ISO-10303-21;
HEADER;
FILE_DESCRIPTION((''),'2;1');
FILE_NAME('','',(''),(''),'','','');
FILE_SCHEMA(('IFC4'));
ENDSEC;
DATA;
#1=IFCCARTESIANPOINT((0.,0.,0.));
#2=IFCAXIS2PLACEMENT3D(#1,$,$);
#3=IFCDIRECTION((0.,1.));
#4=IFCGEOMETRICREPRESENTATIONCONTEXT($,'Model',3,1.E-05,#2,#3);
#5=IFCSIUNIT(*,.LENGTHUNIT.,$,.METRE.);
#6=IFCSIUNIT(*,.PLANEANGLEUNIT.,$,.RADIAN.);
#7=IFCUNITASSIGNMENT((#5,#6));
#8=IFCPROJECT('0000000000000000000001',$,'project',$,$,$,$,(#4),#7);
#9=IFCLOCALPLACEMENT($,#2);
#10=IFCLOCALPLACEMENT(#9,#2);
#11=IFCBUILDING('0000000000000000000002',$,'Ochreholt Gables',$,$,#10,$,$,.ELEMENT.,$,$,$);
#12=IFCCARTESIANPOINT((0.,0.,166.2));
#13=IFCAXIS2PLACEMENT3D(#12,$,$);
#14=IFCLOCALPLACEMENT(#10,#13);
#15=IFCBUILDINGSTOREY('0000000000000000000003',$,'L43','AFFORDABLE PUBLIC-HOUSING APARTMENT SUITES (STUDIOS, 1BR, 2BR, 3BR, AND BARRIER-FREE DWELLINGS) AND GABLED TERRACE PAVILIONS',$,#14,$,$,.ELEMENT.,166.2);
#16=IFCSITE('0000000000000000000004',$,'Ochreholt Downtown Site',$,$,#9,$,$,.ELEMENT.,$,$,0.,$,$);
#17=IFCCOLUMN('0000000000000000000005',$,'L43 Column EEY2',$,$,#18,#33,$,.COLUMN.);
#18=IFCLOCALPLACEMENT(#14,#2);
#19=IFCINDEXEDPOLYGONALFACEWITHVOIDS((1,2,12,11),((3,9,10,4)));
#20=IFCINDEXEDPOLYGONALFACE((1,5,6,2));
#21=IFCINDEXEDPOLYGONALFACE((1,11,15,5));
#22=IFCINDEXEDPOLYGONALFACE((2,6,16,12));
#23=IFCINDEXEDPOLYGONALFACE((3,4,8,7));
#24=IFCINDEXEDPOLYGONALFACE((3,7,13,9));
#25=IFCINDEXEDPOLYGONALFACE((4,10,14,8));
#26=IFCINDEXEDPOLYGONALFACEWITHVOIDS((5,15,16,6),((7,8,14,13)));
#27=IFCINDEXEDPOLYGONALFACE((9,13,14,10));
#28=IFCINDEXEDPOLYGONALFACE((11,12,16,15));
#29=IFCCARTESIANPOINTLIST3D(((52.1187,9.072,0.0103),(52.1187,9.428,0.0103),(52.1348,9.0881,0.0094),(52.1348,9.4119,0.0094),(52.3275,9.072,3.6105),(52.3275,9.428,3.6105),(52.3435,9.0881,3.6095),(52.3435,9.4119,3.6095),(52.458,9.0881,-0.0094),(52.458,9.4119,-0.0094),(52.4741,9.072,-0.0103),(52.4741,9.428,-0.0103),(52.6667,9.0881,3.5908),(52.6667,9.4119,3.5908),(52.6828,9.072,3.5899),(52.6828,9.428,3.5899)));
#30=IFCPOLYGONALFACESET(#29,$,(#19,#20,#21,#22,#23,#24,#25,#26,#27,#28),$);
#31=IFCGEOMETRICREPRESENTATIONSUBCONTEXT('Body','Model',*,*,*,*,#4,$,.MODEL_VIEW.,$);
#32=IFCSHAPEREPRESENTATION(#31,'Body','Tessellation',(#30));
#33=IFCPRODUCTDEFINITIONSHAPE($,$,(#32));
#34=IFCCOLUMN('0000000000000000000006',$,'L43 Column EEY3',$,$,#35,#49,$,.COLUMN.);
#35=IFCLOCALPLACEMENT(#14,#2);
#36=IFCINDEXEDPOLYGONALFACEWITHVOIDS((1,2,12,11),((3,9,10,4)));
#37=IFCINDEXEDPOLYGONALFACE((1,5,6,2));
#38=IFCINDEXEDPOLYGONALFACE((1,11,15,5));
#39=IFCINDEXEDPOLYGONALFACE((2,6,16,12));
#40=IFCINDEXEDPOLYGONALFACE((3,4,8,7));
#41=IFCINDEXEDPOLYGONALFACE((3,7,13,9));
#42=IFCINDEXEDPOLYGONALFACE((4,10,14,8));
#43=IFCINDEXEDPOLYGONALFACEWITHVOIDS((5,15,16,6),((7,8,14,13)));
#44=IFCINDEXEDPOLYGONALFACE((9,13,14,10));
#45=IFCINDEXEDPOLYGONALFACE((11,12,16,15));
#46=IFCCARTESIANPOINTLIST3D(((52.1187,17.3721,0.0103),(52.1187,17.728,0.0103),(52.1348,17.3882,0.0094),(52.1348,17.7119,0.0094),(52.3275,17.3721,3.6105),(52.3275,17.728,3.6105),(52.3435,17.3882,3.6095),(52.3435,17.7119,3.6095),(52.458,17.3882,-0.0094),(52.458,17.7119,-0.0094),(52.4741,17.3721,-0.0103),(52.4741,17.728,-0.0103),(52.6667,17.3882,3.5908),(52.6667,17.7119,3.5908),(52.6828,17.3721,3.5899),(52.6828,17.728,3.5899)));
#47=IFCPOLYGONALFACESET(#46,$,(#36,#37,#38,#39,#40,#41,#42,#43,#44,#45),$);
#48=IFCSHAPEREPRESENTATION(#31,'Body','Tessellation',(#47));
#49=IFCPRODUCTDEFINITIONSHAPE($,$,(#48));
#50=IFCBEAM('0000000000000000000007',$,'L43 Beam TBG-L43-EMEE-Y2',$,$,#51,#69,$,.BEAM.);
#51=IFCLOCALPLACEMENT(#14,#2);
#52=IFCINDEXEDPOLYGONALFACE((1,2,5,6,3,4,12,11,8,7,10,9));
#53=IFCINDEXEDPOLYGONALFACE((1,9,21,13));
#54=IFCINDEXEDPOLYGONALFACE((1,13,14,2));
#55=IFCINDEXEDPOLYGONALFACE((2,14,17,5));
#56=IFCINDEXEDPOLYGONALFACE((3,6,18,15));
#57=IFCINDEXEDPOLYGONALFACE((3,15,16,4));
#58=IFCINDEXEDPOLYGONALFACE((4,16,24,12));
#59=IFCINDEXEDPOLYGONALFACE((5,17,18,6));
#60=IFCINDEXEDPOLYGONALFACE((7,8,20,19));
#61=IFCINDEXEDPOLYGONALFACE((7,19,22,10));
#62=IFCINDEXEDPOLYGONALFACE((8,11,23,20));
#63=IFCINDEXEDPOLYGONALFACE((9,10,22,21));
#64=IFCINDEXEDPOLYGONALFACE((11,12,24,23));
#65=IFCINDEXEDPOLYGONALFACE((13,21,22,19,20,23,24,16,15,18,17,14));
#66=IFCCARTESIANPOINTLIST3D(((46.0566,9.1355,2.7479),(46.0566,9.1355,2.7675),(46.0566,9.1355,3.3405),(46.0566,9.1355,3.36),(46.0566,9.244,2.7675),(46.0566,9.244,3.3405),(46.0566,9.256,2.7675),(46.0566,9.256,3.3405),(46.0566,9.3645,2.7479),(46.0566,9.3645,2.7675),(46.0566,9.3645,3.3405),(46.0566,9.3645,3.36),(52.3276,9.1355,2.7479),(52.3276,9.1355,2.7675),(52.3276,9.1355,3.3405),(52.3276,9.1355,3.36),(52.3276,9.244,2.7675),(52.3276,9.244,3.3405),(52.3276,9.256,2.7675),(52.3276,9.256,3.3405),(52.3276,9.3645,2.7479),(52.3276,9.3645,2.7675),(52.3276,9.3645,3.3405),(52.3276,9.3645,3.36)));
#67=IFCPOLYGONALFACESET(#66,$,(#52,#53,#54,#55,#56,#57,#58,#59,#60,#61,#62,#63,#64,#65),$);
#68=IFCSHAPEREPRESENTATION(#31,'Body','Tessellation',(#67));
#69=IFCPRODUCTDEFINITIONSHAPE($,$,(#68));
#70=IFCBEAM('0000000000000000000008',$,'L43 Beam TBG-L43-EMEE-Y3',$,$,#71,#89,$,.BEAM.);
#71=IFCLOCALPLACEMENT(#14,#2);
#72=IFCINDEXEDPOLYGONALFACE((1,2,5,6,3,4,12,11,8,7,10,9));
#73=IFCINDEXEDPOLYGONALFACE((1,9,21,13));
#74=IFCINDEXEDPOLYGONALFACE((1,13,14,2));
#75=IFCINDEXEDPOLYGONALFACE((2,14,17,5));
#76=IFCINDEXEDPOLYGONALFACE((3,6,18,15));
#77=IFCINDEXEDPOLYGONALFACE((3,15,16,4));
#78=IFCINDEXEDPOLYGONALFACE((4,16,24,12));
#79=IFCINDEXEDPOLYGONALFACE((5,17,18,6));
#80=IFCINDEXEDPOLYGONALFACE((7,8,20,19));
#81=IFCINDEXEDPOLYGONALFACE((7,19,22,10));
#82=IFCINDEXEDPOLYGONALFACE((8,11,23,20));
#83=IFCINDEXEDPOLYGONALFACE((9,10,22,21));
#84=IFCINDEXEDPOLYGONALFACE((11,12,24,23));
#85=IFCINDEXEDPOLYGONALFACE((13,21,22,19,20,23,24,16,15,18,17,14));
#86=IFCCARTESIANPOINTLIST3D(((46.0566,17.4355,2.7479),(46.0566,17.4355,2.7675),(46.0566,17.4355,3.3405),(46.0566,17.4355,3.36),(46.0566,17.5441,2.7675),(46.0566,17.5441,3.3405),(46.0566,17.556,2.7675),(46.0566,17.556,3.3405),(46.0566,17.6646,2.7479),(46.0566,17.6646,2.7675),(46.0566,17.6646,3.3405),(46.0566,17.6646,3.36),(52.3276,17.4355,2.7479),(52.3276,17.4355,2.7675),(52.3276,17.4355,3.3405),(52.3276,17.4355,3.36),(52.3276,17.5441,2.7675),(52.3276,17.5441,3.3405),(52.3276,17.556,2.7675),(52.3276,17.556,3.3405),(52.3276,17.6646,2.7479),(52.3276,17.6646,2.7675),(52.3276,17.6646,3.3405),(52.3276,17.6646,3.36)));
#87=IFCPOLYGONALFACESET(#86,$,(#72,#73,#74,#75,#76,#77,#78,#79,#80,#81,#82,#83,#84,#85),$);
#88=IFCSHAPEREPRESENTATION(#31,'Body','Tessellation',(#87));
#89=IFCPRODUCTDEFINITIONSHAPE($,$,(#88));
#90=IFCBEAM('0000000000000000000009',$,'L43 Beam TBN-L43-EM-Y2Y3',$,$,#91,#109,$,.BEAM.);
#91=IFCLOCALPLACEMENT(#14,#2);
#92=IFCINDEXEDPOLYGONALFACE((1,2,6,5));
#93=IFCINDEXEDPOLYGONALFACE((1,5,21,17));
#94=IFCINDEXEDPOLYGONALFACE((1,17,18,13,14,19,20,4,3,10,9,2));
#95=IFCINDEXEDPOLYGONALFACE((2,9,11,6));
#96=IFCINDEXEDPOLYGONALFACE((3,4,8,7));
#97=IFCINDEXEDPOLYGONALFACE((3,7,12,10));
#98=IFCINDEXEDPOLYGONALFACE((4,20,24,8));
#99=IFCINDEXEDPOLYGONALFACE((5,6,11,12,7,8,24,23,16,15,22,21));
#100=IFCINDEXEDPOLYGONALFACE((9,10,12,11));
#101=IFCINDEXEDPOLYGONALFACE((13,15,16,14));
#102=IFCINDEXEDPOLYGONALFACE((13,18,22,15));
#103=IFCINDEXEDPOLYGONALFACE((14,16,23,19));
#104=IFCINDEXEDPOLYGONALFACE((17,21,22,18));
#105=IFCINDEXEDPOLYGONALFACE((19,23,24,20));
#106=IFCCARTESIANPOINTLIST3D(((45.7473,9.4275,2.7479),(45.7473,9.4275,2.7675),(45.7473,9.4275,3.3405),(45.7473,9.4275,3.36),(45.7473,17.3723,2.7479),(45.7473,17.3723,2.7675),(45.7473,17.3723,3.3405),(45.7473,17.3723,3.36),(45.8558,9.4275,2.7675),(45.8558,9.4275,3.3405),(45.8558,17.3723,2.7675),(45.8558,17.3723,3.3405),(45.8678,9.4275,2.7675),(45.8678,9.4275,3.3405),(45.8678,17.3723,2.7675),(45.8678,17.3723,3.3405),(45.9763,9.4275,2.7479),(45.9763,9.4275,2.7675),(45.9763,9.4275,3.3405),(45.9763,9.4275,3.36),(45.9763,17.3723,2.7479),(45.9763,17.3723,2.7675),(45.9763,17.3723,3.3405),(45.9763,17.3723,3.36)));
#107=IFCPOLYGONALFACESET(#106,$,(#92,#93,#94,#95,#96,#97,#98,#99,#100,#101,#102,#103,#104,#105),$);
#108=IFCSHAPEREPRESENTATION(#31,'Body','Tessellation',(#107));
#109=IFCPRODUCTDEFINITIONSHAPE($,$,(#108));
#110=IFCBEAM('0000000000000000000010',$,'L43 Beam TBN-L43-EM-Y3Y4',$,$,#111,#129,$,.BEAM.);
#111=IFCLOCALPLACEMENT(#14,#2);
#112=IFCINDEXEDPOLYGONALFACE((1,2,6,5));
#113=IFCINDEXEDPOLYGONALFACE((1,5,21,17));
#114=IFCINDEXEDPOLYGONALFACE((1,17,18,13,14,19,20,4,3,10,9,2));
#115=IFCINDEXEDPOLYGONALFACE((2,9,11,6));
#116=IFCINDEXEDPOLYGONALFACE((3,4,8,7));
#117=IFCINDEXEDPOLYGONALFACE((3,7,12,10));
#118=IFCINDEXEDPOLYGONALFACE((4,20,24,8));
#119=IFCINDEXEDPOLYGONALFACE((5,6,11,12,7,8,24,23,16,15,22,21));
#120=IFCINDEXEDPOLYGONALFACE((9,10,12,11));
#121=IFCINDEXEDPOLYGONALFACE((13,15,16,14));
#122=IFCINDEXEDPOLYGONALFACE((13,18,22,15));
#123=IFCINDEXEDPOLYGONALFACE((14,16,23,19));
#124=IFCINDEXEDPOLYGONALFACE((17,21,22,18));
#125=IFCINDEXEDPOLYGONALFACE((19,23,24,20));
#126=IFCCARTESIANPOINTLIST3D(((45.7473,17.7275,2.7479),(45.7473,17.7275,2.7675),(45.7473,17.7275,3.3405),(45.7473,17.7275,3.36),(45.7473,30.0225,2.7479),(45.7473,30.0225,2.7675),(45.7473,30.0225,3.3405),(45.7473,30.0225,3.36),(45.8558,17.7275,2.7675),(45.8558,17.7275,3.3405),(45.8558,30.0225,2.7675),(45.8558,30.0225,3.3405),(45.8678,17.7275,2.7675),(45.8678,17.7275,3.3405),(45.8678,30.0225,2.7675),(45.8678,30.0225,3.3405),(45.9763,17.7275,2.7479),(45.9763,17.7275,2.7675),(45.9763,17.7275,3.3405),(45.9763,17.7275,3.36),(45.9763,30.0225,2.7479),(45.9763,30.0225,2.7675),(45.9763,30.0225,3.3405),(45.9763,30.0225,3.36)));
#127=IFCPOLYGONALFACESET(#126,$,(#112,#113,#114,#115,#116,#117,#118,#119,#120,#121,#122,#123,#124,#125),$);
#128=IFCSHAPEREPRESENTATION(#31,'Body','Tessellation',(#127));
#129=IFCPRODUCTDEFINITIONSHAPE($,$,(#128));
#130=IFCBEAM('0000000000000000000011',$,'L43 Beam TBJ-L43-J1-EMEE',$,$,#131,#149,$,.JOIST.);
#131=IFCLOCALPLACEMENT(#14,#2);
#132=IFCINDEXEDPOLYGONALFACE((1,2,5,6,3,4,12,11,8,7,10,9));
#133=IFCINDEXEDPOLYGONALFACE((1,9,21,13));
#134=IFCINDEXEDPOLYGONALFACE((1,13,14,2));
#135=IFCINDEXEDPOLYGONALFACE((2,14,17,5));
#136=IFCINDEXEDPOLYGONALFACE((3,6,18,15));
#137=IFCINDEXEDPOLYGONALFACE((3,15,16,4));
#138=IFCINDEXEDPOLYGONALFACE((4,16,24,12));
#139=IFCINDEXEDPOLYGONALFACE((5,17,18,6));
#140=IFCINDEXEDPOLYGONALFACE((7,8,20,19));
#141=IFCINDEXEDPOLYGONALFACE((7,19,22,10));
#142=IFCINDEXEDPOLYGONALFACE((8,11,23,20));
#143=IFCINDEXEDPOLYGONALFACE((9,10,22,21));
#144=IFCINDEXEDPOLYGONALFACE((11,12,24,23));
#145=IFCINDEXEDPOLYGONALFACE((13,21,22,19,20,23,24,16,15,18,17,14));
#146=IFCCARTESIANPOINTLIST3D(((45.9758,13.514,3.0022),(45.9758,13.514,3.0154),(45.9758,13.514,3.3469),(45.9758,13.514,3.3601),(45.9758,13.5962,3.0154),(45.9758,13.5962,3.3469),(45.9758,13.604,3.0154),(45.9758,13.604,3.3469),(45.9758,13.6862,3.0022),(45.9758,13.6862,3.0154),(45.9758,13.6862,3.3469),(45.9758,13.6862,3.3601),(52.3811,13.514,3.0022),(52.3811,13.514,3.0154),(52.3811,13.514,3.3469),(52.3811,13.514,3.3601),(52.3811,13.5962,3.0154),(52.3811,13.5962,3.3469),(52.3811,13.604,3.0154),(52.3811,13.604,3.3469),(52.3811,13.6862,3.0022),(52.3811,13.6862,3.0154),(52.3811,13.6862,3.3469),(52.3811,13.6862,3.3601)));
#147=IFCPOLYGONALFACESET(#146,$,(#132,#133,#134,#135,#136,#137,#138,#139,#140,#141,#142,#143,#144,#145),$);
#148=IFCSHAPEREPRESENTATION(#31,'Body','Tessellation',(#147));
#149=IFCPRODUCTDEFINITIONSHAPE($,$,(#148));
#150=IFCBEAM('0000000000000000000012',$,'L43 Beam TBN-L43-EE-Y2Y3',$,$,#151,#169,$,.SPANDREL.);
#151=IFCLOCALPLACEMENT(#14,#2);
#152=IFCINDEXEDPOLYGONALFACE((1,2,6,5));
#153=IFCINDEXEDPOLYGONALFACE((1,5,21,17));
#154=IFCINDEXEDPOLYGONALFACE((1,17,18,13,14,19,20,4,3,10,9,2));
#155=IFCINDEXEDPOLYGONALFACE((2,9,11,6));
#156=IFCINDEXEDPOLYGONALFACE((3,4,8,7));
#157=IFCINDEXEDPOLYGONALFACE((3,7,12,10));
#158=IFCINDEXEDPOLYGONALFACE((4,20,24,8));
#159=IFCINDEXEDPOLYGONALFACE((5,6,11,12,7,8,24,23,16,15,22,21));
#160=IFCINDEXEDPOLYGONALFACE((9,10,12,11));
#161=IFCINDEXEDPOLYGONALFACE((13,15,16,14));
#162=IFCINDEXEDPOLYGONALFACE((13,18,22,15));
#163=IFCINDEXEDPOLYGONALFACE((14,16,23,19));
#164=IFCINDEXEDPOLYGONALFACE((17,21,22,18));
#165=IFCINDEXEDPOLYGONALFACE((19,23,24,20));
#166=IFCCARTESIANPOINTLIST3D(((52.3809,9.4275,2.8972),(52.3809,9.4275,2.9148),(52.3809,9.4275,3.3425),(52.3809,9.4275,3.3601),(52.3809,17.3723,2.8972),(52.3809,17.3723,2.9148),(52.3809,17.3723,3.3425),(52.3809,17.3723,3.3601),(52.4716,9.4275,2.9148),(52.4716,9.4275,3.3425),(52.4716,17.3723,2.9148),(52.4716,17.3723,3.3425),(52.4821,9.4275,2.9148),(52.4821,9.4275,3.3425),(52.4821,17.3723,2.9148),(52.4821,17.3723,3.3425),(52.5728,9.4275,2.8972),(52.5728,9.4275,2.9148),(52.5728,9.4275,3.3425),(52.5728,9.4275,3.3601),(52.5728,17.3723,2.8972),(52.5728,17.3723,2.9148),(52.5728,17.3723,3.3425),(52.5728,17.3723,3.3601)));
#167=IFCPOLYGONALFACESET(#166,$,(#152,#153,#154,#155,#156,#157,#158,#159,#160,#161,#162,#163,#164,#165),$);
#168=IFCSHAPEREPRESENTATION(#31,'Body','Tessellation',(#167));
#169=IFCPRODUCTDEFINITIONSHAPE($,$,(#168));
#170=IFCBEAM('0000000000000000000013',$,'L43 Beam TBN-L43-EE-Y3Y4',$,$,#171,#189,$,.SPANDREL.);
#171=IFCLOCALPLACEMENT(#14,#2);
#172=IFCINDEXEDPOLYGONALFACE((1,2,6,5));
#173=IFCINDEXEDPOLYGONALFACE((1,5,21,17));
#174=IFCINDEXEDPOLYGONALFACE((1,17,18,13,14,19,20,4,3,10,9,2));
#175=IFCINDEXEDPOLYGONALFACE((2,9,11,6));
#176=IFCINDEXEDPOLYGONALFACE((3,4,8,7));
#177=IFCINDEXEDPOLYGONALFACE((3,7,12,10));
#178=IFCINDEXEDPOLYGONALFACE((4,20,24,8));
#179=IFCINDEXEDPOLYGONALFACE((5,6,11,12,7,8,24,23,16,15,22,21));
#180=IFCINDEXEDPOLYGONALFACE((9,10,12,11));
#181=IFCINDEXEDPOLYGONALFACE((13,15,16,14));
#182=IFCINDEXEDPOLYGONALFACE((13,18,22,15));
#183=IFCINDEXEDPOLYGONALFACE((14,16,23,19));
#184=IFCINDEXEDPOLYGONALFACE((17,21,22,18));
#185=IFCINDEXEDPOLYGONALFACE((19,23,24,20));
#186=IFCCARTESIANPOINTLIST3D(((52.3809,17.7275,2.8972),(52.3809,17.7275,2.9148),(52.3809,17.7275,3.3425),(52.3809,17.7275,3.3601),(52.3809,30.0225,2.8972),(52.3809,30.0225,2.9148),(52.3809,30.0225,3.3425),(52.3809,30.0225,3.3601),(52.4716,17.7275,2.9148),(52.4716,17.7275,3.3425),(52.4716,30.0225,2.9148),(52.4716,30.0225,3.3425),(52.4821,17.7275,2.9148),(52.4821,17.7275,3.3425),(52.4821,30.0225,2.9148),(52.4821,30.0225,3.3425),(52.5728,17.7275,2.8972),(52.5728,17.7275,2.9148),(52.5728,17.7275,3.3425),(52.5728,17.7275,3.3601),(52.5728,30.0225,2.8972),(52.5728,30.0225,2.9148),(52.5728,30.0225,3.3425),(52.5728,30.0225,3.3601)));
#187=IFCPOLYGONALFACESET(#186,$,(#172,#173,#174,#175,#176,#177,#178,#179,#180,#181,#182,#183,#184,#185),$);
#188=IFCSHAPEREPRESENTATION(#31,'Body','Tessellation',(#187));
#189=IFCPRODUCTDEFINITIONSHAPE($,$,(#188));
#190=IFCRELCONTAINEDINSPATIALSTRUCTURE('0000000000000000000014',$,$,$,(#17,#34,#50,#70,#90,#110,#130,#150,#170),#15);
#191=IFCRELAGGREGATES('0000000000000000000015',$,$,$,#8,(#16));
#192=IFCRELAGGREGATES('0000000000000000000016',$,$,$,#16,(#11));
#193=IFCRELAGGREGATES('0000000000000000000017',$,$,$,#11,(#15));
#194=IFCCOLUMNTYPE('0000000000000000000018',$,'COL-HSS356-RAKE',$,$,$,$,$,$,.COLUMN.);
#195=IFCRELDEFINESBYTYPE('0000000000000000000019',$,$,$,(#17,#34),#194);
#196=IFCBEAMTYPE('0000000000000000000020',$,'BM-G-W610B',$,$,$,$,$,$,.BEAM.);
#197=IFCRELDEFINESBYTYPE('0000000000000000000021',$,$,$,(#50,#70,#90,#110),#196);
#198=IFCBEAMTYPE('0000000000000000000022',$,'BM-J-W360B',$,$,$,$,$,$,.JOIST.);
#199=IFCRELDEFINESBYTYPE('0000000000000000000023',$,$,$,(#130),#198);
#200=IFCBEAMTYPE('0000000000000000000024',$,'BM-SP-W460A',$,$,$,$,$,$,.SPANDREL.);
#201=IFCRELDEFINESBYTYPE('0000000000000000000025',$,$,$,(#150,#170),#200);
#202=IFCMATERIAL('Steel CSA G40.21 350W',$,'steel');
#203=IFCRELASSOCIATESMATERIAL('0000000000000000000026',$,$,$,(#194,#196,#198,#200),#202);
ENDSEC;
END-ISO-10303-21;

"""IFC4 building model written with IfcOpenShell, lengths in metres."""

from ifc_helpers import new_model, si_unit, direction, frame, origin, origin_2d, place, context, subcontext, project, spatial, hollow_rectangle, i_section, extrude, material, material_profile, profile_set, type_object, element, save


model = new_model("IFC4")

# Units and contexts
model_context = context("Model", 3, precision=1e-05, world=origin(), true_north=direction((0.0, 1.0)))
body_context = subcontext(model_context, "Body", "Model", "MODEL_VIEW")
ifc_project = project(units=[si_unit("LENGTHUNIT", "METRE"), si_unit("PLANEANGLEUNIT", "RADIAN")], contexts=[model_context])

# Site, building, storey
site_placement = place(None, origin())
site = spatial("IfcSite", under=ifc_project, at=site_placement, Name="Ochreholt Downtown Site", CompositionType="ELEMENT", RefElevation=0.0)
building_placement = place(site_placement, origin())
building = spatial("IfcBuilding", under=site, at=building_placement, Name="Ochreholt Gables", CompositionType="ELEMENT")
storey_placement = place(building_placement, frame((0.0, 0.0, 166.2)))
storey = spatial("IfcBuildingStorey", under=building, at=storey_placement, Name="L43", Description="AFFORDABLE PUBLIC-HOUSING APARTMENT SUITES (STUDIOS, 1BR, 2BR, 3BR, AND BARRIER-FREE DWELLINGS) AND GABLED TERRACE PAVILIONS", CompositionType="ELEMENT", Elevation=166.2)

# Columns
ifc_material_1 = material(Name="Steel CSA G40.21 350W", Category="steel")
ifc_material_profile_1 = material_profile(ifc_material_1, hollow_rectangle(XDim=0.356, YDim=0.356, WallThickness=0.0161, at=origin_2d()), Name="HSS356X356X16")
ifc_profile_set_1 = profile_set([ifc_material_profile_1], Name="Steel CSA G40.21 350W")
column_type = type_object("IfcColumnType", Name="COL-HSS356-RAKE", PredefinedType="COLUMN", material=ifc_profile_set_1)
for number, where, z_axis, x_axis, name in (
    (1, (52.2964, 9.25, 0.0), (0.057885, 0.0, 0.998323), (0.0, 1.0, 0.0), "L43 Column EEY2"),
    (2, (52.2964, 17.55, 0.0), (0.057885, 0.0, 0.998323), (0.0, 1.0, 0.0), "L43 Column EEY3"),
):
    element("IfcColumn", number, at=place(storey_placement, frame(where, z_axis=z_axis, x_axis=x_axis)), inside=storey, type_object=column_type, Name=name, PredefinedType="COLUMN", context=body_context, shape_type="SweptSolid", body=[
        extrude(hollow_rectangle(XDim=0.356, YDim=0.356, WallThickness=0.0161, at=origin_2d()), origin(), (0.0, 0.0, 1.0), 3.6062),
    ])

# Beams
ifc_material_profile_2 = material_profile(ifc_material_1, i_section(OverallWidth=0.229, OverallDepth=0.6121, WebThickness=0.012, FlangeThickness=0.0195, at=origin_2d()), Name="W610X125")
ifc_profile_set_2 = profile_set([ifc_material_profile_2], Name="Steel CSA G40.21 350W")
beam_type_1 = type_object("IfcBeamType", Name="BM-G-W610B", PredefinedType="BEAM", material=ifc_profile_set_2)
for number, where, z_axis, x_axis, name in (
    (3, (46.0566, 9.25, 3.054), (1.0, 0.0, 0.0), (0.0, 1.0, 0.0), "L43 Beam TBG-L43-EMEE-Y2"),
    (4, (46.0566, 17.55, 3.054), (1.0, 0.0, 0.0), (0.0, 1.0, 0.0), "L43 Beam TBG-L43-EMEE-Y3"),
):
    element("IfcBeam", number, at=place(storey_placement, frame(where, z_axis=z_axis, x_axis=x_axis)), inside=storey, type_object=beam_type_1, Name=name, PredefinedType="BEAM", context=body_context, shape_type="SweptSolid", body=[
        extrude(i_section(OverallWidth=0.229, OverallDepth=0.6121, WebThickness=0.012, FlangeThickness=0.0195, at=origin_2d()), origin(), (0.0, 0.0, 1.0), 6.271),
    ])
beam_1_placement = place(storey_placement, frame((45.8618, 9.4275, 3.054), z_axis=(0.0, 1.0, 0.0), x_axis=(-1.0, 0.0, 0.0)))
element("IfcBeam", 5, at=beam_1_placement, inside=storey, type_object=beam_type_1, Name="L43 Beam TBN-L43-EM-Y2Y3", PredefinedType="BEAM", context=body_context, shape_type="SweptSolid", body=[
    extrude(i_section(OverallWidth=0.229, OverallDepth=0.6121, WebThickness=0.012, FlangeThickness=0.0195, at=origin_2d()), origin(), (0.0, 0.0, 1.0), 7.9448),
])
beam_2_placement = place(storey_placement, frame((45.8618, 17.7275, 3.054), z_axis=(0.0, 1.0, 0.0), x_axis=(-1.0, 0.0, 0.0)))
element("IfcBeam", 6, at=beam_2_placement, inside=storey, type_object=beam_type_1, Name="L43 Beam TBN-L43-EM-Y3Y4", PredefinedType="BEAM", context=body_context, shape_type="SweptSolid", body=[
    extrude(i_section(OverallWidth=0.229, OverallDepth=0.6121, WebThickness=0.012, FlangeThickness=0.0195, at=origin_2d()), origin(), (0.0, 0.0, 1.0), 12.2949),
])
ifc_material_profile_3 = material_profile(ifc_material_1, i_section(OverallWidth=0.1721, OverallDepth=0.3579, WebThickness=0.0078, FlangeThickness=0.0132, at=origin_2d()), Name="W360X57")
ifc_profile_set_3 = profile_set([ifc_material_profile_3], Name="Steel CSA G40.21 350W")
beam_type_2 = type_object("IfcBeamType", Name="BM-J-W360B", PredefinedType="JOIST", material=ifc_profile_set_3)
beam_3_placement = place(storey_placement, frame((45.9758, 13.6001, 3.1812), z_axis=(1.0, 0.0, 0.0), x_axis=(0.0, 1.0, 0.0)))
element("IfcBeam", 7, at=beam_3_placement, inside=storey, type_object=beam_type_2, Name="L43 Beam TBJ-L43-J1-EMEE", PredefinedType="JOIST", context=body_context, shape_type="SweptSolid", body=[
    extrude(i_section(OverallWidth=0.1721, OverallDepth=0.3579, WebThickness=0.0078, FlangeThickness=0.0132, at=origin_2d()), origin(), (0.0, 0.0, 1.0), 6.4053),
])
ifc_material_profile_4 = material_profile(ifc_material_1, i_section(OverallWidth=0.1919, OverallDepth=0.4629, WebThickness=0.0105, FlangeThickness=0.0176, at=origin_2d()), Name="W460X89")
ifc_profile_set_4 = profile_set([ifc_material_profile_4], Name="Steel CSA G40.21 350W")
beam_type_3 = type_object("IfcBeamType", Name="BM-SP-W460A", PredefinedType="SPANDREL", material=ifc_profile_set_4)
beam_4_placement = place(storey_placement, frame((52.4768, 9.4275, 3.1287), z_axis=(0.0, 1.0, 0.0), x_axis=(-1.0, 0.0, 0.0)))
element("IfcBeam", 8, at=beam_4_placement, inside=storey, type_object=beam_type_3, Name="L43 Beam TBN-L43-EE-Y2Y3", PredefinedType="SPANDREL", context=body_context, shape_type="SweptSolid", body=[
    extrude(i_section(OverallWidth=0.1919, OverallDepth=0.4629, WebThickness=0.0105, FlangeThickness=0.0176, at=origin_2d()), origin(), (0.0, 0.0, 1.0), 7.9448),
])
beam_5_placement = place(storey_placement, frame((52.4768, 17.7275, 3.1287), z_axis=(0.0, 1.0, 0.0), x_axis=(-1.0, 0.0, 0.0)))
element("IfcBeam", 9, at=beam_5_placement, inside=storey, type_object=beam_type_3, Name="L43 Beam TBN-L43-EE-Y3Y4", PredefinedType="SPANDREL", context=body_context, shape_type="SweptSolid", body=[
    extrude(i_section(OverallWidth=0.1919, OverallDepth=0.4629, WebThickness=0.0105, FlangeThickness=0.0176, at=origin_2d()), origin(), (0.0, 0.0, 1.0), 12.2949),
])

save(model, "model.ifc")
